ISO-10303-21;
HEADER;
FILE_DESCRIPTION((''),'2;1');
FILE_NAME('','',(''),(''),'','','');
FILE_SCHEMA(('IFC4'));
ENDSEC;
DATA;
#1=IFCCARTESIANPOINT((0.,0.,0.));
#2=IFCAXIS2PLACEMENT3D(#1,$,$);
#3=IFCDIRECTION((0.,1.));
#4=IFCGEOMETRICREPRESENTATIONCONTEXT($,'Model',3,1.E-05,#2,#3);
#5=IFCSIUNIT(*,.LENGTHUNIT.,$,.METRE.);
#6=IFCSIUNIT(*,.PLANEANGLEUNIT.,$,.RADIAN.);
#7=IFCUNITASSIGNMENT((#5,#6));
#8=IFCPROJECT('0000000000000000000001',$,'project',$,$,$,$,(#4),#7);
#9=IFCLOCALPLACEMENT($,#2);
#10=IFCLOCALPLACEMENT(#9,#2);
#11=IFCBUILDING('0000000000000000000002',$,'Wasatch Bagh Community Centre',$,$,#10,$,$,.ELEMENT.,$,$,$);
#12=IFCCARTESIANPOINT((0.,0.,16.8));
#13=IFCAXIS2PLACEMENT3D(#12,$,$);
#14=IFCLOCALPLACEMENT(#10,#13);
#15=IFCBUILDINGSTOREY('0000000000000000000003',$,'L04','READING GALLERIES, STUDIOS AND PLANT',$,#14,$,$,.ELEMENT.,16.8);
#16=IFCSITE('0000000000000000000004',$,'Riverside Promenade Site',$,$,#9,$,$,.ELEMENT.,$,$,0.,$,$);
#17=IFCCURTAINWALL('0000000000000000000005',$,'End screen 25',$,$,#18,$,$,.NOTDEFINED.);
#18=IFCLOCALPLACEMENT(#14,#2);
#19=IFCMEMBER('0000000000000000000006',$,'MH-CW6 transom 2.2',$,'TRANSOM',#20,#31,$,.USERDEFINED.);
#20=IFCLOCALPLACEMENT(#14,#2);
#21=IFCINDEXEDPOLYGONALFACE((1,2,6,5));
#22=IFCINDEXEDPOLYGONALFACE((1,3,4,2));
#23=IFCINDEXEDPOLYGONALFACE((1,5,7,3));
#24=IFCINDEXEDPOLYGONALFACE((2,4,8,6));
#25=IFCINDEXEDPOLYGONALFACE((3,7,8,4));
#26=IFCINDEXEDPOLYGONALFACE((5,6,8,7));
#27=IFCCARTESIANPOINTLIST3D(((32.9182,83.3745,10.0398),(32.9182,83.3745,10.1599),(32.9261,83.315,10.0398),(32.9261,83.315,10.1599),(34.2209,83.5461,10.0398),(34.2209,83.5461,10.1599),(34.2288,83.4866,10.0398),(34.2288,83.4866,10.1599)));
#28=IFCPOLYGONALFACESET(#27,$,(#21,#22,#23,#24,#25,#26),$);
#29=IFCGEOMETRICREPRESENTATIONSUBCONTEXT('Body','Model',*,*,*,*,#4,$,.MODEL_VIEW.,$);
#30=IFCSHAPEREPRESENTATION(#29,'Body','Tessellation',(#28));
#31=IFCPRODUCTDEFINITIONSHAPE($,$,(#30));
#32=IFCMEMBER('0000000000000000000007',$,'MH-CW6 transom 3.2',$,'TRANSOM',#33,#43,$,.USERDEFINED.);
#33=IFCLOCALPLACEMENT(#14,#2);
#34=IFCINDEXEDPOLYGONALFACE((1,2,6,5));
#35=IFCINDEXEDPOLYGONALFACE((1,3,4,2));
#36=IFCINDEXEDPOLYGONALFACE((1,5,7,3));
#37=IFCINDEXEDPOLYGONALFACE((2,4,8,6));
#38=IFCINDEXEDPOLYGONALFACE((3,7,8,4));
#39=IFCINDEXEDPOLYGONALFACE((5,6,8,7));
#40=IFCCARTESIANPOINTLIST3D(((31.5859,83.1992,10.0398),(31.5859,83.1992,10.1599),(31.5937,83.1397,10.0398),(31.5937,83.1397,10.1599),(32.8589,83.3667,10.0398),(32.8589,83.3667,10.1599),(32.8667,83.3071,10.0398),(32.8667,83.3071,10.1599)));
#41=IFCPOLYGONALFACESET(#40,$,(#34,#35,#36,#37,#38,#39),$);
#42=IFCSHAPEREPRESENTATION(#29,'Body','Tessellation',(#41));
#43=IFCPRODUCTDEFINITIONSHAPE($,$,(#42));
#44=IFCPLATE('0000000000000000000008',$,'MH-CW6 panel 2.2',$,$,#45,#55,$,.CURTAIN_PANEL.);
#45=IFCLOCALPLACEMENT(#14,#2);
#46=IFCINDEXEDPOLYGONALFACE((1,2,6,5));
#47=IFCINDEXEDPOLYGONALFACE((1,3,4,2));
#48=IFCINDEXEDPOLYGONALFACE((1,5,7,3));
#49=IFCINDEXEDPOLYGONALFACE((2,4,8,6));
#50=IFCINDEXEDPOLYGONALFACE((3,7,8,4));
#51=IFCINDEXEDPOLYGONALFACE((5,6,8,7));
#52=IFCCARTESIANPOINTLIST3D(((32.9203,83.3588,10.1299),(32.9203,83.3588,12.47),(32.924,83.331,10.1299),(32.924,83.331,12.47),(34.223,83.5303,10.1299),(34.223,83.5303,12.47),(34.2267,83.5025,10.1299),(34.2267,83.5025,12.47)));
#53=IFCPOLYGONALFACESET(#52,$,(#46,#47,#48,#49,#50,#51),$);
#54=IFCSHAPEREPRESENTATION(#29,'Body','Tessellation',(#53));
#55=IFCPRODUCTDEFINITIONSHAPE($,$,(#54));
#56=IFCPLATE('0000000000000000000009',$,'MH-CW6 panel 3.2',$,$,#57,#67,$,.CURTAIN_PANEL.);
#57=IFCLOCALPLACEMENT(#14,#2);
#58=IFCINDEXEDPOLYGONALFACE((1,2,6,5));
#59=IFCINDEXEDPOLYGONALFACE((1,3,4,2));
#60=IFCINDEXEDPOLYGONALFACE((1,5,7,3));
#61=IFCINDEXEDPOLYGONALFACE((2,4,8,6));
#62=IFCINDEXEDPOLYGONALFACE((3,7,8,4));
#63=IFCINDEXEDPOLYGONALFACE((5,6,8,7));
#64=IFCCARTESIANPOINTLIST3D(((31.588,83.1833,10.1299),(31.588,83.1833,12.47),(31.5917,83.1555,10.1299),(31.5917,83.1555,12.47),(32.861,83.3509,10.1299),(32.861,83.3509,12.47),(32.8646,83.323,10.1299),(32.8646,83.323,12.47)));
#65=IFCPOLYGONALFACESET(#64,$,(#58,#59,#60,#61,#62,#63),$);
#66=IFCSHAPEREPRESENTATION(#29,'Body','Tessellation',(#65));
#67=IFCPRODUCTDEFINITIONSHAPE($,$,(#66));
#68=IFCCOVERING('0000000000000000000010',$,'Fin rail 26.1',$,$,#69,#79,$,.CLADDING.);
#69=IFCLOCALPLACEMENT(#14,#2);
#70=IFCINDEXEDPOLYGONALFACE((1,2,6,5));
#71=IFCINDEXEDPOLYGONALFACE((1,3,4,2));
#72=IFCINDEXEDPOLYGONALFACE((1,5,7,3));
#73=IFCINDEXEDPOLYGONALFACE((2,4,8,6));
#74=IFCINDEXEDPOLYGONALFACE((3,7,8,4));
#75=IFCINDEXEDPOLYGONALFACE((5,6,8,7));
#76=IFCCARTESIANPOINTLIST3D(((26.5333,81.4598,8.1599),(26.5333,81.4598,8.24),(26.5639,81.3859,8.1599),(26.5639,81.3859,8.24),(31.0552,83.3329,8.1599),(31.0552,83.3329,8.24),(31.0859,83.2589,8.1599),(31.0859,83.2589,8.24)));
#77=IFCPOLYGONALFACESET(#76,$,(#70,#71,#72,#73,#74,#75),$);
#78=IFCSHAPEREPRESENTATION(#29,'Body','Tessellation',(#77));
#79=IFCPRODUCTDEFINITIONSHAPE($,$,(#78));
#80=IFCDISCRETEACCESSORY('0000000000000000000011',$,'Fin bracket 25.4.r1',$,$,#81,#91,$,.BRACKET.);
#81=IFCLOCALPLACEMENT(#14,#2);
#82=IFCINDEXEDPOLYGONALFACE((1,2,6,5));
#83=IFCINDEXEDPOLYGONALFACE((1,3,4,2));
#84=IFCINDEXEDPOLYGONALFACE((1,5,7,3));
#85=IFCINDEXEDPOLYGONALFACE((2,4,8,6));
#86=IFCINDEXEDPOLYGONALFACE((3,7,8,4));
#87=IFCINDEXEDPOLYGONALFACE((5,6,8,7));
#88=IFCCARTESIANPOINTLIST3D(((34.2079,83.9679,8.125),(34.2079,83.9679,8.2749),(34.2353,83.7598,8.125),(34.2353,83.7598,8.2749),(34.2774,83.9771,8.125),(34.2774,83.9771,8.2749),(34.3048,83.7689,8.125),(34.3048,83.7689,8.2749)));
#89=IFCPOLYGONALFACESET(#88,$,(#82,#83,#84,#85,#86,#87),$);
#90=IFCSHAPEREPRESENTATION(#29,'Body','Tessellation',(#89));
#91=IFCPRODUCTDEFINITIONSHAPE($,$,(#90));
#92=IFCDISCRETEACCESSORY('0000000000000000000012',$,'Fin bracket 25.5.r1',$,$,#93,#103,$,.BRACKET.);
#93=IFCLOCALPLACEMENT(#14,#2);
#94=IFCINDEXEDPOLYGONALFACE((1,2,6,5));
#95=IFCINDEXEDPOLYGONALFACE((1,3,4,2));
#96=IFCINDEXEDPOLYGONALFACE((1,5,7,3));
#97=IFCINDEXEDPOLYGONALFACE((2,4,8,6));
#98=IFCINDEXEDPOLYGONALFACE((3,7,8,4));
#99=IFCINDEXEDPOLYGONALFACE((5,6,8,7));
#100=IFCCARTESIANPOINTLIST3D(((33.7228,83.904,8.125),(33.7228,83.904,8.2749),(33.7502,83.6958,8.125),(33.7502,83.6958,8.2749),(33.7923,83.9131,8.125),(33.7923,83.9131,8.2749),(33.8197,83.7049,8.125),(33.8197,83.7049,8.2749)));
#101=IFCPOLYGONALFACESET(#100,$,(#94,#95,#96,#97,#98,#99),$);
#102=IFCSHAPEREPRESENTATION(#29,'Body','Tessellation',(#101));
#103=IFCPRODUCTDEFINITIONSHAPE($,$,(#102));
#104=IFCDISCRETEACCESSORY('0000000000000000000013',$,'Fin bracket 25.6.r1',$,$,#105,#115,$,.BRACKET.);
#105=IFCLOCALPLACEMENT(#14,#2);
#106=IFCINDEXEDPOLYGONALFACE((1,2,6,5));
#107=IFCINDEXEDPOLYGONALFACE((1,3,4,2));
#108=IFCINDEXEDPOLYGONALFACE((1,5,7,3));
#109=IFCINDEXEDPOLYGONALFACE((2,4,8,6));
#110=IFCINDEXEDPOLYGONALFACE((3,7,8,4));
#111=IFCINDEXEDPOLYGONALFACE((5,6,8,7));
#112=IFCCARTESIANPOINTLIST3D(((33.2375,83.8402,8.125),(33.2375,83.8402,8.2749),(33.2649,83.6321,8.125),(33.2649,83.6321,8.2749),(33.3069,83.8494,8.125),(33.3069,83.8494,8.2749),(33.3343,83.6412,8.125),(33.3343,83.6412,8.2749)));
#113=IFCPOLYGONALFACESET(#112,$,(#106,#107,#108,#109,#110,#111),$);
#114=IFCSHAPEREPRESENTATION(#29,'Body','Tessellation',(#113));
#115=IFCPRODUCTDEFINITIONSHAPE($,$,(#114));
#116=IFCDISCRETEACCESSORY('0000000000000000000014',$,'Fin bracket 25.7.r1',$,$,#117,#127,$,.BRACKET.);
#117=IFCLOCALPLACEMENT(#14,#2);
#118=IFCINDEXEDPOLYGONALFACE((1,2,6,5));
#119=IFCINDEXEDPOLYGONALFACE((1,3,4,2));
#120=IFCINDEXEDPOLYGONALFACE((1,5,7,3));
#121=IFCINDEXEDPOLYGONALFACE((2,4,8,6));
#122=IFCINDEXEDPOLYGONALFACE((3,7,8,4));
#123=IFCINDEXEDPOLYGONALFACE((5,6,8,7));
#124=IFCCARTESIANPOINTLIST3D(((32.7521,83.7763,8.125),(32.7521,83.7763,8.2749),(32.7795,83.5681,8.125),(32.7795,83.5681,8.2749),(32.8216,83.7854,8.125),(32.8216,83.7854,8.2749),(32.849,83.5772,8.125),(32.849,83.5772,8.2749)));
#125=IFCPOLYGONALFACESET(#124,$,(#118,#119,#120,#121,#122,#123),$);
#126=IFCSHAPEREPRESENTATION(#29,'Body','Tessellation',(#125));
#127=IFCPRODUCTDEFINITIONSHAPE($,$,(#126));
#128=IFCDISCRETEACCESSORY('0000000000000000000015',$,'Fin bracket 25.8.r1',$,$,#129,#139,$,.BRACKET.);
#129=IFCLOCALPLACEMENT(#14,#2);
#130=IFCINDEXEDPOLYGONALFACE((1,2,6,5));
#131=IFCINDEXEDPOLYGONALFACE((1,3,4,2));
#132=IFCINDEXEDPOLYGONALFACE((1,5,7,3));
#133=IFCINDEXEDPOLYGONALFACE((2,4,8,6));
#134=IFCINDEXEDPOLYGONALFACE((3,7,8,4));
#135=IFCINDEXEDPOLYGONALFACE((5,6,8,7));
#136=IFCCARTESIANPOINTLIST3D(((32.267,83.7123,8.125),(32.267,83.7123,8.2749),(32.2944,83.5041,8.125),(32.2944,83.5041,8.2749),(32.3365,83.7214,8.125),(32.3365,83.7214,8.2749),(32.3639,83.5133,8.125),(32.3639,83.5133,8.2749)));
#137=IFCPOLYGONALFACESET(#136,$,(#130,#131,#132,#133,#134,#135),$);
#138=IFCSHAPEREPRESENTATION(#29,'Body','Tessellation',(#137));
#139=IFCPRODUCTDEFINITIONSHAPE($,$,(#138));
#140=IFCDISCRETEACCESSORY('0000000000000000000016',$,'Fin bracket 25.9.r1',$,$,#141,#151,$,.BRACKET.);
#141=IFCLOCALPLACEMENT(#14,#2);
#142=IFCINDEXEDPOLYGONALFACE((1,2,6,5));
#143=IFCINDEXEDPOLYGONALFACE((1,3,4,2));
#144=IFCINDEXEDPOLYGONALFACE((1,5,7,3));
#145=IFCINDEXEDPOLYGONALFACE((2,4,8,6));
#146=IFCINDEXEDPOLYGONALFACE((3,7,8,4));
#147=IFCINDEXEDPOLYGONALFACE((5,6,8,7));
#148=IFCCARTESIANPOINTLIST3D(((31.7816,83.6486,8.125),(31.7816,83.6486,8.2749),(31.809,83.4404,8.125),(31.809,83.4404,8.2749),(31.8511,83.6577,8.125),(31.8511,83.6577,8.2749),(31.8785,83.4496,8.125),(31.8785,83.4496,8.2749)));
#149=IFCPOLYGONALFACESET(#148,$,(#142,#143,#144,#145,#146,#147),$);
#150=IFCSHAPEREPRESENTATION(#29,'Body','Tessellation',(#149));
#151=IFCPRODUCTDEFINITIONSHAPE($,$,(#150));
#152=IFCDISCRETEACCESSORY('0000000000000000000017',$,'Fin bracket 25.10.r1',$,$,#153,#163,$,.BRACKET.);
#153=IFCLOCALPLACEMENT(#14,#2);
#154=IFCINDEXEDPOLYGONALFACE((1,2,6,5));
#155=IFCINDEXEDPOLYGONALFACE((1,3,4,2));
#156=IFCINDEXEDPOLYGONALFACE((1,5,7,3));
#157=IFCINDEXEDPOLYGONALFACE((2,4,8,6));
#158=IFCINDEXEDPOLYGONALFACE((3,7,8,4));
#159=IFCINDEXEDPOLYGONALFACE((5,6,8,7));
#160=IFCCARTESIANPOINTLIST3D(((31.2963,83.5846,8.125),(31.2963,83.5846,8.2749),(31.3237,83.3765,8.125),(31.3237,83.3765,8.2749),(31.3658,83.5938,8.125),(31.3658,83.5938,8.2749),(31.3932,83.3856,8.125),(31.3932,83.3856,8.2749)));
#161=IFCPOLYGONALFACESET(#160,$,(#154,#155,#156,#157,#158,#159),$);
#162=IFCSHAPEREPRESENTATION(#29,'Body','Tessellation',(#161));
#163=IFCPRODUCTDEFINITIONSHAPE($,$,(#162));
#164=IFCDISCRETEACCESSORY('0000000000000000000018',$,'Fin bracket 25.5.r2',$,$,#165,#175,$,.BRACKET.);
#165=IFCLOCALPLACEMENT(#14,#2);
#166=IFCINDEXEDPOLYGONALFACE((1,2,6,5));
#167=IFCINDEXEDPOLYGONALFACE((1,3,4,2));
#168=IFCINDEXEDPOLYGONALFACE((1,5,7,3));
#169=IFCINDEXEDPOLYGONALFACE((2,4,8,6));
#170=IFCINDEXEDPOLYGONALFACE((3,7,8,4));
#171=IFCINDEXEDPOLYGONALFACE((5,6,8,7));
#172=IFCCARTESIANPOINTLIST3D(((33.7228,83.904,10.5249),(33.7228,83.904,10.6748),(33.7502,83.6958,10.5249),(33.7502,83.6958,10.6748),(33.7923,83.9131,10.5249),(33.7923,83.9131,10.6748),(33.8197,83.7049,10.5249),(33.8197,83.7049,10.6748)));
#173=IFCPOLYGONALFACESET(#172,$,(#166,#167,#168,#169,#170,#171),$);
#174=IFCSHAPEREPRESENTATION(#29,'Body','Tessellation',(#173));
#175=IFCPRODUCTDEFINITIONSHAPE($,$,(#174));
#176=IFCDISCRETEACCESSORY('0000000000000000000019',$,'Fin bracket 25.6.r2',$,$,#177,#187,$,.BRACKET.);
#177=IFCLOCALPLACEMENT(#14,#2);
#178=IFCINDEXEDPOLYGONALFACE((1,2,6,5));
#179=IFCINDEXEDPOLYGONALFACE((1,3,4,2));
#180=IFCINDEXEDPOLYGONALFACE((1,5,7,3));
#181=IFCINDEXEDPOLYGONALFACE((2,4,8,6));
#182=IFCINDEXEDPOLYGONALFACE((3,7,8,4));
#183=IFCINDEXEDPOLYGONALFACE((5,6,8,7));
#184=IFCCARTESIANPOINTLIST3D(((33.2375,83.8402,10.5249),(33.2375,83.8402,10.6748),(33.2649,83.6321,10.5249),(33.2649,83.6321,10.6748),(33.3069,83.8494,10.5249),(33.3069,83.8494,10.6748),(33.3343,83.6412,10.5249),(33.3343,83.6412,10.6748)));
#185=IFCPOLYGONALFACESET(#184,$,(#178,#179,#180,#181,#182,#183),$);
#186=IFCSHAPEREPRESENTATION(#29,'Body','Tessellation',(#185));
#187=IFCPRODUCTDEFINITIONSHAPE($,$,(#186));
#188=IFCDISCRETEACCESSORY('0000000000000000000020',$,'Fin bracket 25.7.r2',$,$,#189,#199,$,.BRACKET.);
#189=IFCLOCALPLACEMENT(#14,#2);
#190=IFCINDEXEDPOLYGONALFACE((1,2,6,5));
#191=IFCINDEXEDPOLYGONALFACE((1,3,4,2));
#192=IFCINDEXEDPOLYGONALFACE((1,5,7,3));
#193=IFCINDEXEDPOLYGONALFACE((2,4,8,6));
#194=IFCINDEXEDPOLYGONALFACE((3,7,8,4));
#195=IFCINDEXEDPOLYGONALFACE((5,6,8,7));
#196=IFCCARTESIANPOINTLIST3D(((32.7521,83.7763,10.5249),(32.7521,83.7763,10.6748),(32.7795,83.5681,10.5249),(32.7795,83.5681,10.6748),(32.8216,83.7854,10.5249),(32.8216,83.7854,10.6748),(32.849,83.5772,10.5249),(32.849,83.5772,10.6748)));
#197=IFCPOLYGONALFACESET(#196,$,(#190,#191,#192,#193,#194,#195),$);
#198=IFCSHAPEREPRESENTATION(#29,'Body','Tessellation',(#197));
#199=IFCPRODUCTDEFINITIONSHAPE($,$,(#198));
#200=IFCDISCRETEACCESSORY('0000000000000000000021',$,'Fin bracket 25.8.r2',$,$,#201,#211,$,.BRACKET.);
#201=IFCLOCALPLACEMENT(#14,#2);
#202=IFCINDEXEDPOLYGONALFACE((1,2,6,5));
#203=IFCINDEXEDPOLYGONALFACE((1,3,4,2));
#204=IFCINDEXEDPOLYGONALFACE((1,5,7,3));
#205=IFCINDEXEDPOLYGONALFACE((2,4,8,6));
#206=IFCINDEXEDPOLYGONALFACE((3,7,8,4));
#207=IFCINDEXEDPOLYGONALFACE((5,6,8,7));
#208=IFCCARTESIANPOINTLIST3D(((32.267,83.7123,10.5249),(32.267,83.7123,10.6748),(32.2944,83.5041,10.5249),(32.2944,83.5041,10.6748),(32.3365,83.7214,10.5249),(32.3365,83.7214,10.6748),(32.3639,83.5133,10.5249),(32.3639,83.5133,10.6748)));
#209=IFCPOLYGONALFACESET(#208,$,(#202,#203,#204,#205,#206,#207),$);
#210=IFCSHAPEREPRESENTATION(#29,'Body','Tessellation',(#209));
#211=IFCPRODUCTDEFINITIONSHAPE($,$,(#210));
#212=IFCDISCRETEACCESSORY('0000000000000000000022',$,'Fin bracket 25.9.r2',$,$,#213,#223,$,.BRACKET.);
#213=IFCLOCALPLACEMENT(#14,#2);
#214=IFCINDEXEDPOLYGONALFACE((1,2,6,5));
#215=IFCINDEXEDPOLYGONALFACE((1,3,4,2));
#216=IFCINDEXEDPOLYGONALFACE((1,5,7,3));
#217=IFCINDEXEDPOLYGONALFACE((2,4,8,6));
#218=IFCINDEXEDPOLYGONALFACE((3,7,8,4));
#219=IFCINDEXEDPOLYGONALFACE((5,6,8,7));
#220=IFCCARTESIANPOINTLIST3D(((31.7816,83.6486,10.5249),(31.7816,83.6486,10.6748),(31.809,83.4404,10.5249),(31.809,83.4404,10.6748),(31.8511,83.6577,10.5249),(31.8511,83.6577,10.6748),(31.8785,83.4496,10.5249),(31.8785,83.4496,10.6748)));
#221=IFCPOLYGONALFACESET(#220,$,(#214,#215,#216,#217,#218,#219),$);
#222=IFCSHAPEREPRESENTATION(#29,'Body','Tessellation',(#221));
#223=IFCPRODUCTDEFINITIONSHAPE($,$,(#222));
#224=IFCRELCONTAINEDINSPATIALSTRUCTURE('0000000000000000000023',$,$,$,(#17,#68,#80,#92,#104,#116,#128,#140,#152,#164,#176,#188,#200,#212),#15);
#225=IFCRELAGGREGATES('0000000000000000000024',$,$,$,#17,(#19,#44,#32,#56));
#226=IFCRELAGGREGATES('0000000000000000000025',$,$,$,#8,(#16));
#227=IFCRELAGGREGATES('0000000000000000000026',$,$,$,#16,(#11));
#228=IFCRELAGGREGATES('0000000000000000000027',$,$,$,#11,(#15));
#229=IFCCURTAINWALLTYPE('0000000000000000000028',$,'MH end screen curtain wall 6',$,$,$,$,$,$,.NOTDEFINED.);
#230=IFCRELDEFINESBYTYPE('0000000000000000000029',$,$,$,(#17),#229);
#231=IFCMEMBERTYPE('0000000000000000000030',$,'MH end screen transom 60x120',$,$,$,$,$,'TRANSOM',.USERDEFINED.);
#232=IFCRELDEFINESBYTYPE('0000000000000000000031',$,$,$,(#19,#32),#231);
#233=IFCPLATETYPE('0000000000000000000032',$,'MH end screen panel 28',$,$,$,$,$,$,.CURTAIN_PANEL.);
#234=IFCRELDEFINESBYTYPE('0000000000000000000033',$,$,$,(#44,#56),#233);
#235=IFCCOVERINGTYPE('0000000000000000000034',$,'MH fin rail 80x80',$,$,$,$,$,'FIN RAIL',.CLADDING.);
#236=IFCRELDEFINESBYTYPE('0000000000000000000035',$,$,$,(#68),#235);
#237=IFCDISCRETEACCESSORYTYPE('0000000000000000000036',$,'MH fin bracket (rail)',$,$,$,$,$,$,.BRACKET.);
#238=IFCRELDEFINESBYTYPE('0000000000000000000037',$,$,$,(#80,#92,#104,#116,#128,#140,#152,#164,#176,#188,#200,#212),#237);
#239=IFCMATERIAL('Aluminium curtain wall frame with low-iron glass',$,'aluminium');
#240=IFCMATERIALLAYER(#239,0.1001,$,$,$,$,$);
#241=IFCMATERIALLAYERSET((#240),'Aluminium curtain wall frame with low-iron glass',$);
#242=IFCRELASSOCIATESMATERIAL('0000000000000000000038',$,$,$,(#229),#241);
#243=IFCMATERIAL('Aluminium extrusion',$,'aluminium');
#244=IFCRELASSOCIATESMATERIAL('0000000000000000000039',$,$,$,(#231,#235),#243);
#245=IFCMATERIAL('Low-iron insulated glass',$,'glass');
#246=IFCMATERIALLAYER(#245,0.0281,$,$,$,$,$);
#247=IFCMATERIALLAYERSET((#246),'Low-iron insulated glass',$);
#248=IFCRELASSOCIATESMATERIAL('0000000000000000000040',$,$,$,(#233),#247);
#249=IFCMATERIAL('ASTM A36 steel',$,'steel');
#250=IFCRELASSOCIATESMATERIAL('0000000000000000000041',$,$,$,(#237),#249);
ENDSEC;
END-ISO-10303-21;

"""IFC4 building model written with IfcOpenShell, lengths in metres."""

from ifc_helpers import new_model, si_unit, direction, frame, origin, origin_2d, place, context, subcontext, project, spatial, rectangle, extrude, material, layer, layer_set, material_profile, profile_set, type_object, element, aggregate, save


model = new_model("IFC4")

# Units and contexts
model_context = context("Model", 3, precision=1e-05, world=origin(), true_north=direction((0.0, 1.0)))
body_context = subcontext(model_context, "Body", "Model", "MODEL_VIEW")
ifc_project = project(units=[si_unit("LENGTHUNIT", "METRE"), si_unit("PLANEANGLEUNIT", "RADIAN")], contexts=[model_context])

# Site, building, storey
site_placement = place(None, origin())
site = spatial("IfcSite", under=ifc_project, at=site_placement, Name="Riverside Promenade Site", CompositionType="ELEMENT", RefElevation=0.0)
building_placement = place(site_placement, origin())
building = spatial("IfcBuilding", under=site, at=building_placement, Name="Wasatch Bagh Community Centre", CompositionType="ELEMENT")
storey_placement = place(building_placement, frame((0.0, 0.0, 16.8)))
storey = spatial("IfcBuildingStorey", under=building, at=storey_placement, Name="L04", Description="READING GALLERIES, STUDIOS AND PLANT", CompositionType="ELEMENT", Elevation=16.8)

# Curtain wall, members, plates
ifc_material_1 = material(Name="Aluminium curtain wall frame with low-iron glass", Category="aluminium")
ifc_layer_1 = layer(ifc_material_1, 0.1001)
ifc_layer_set_1 = layer_set([ifc_layer_1], Name="Aluminium curtain wall frame with low-iron glass")
curtain_wall_type = type_object("IfcCurtainWallType", Name="MH end screen curtain wall 6", PredefinedType="NOTDEFINED", material=ifc_layer_set_1)
curtain_wall_placement = place(storey_placement, origin())
curtain_wall = element("IfcCurtainWall", 1, at=curtain_wall_placement, inside=storey, type_object=curtain_wall_type, Name="End screen 25", PredefinedType="NOTDEFINED")
ifc_material_2 = material(Name="Aluminium extrusion", Category="aluminium")
ifc_material_profile_1 = material_profile(ifc_material_2, rectangle(XDim=0.0601, YDim=0.1201, at=origin_2d()), Name="AL 60x120")
ifc_profile_set_1 = profile_set([ifc_material_profile_1], Name="Aluminium extrusion")
member_type = type_object("IfcMemberType", Name="MH end screen transom 60x120", ElementType="TRANSOM", PredefinedType="USERDEFINED", material=ifc_profile_set_1)
member_1_placement = place(storey_placement, frame((34.2249, 83.5164, 10.0999), z_axis=(-0.991433, -0.130618, 0.0), x_axis=(0.130618, -0.991433, 0.0)))
member_1 = element("IfcMember", 2, at=member_1_placement, type_object=member_type, Name="MH-CW6 transom 2.2", ObjectType="TRANSOM", PredefinedType="USERDEFINED", context=body_context, shape_type="SweptSolid", body=[
    extrude(rectangle(XDim=0.0601, YDim=0.1201, at=origin_2d()), origin(), (0.0, 0.0, 1.0), 1.314),
])
member_2_placement = place(storey_placement, frame((32.8628, 83.3369, 10.0999), z_axis=(-0.991456, -0.130445, 0.0), x_axis=(0.130445, -0.991456, 0.0)))
member_2 = element("IfcMember", 3, at=member_2_placement, type_object=member_type, Name="MH-CW6 transom 3.2", ObjectType="TRANSOM", PredefinedType="USERDEFINED", context=body_context, shape_type="SweptSolid", body=[
    extrude(rectangle(XDim=0.0601, YDim=0.1201, at=origin_2d()), origin(), (0.0, 0.0, 1.0), 1.2839),
])
ifc_material_3 = material(Name="Low-iron insulated glass", Category="glass")
ifc_layer_2 = layer(ifc_material_3, 0.0281)
ifc_layer_set_2 = layer_set([ifc_layer_2], Name="Low-iron insulated glass")
plate_type = type_object("IfcPlateType", Name="MH end screen panel 28", PredefinedType="CURTAIN_PANEL", material=ifc_layer_set_2)
plate_1_placement = place(storey_placement, frame((33.5735, 83.4307, 10.1299), z_axis=(0.0, 0.0, 1.0), x_axis=(-0.991445, -0.130526, 0.0)))
plate_1 = element("IfcPlate", 4, at=plate_1_placement, type_object=plate_type, Name="MH-CW6 panel 2.2", PredefinedType="CURTAIN_PANEL", context=body_context, shape_type="SweptSolid", body=[
    extrude(rectangle(XDim=1.314, YDim=0.0281, at=origin_2d()), origin(), (0.0, 0.0, 1.0), 2.3401),
])
plate_2_placement = place(storey_placement, frame((32.2263, 83.2532, 10.1299), z_axis=(0.0, 0.0, 1.0), x_axis=(-0.991445, -0.130526, 0.0)))
plate_2 = element("IfcPlate", 5, at=plate_2_placement, type_object=plate_type, Name="MH-CW6 panel 3.2", PredefinedType="CURTAIN_PANEL", context=body_context, shape_type="SweptSolid", body=[
    extrude(rectangle(XDim=1.2839, YDim=0.0281, at=origin_2d()), origin(), (0.0, 0.0, 1.0), 2.3401),
])
aggregate(curtain_wall, [member_1, plate_1, member_2, plate_2])

# Covering
ifc_material_profile_2 = material_profile(ifc_material_2, rectangle(XDim=0.0801, YDim=0.0801, at=origin_2d()), Name="AL 80x80")
ifc_profile_set_2 = profile_set([ifc_material_profile_2], Name="Aluminium extrusion")
covering_type = type_object("IfcCoveringType", Name="MH fin rail 80x80", ElementType="FIN RAIL", PredefinedType="CLADDING", material=ifc_profile_set_2)
covering_placement = place(storey_placement, frame((31.0706, 83.2959, 8.2), z_axis=(-0.923881, -0.382681, 0.0), x_axis=(0.382681, -0.923881, 0.0)))
element("IfcCovering", 6, at=covering_placement, inside=storey, type_object=covering_type, Name="Fin rail 26.1", PredefinedType="CLADDING", context=body_context, shape_type="SweptSolid", body=[
    extrude(rectangle(XDim=0.0801, YDim=0.0801, at=origin_2d()), origin(), (0.0, 0.0, 1.0), 4.8945),
])

# Discrete accessories
ifc_material_4 = material(Name="ASTM A36 steel", Category="steel")
discrete_accessory_type_1 = type_object("IfcDiscreteAccessoryType", Name="MH fin bracket (rail)", PredefinedType="BRACKET", material=ifc_material_4)
for number, where, z_axis, x_axis, name in (
    (7, (34.2563, 83.8684, 8.125), (0.0, 0.0, 1.0), (-0.991445, -0.130526, 0.0), "Fin bracket 25.4.r1"),
    (8, (33.7712, 83.8044, 8.125), (0.0, 0.0, 1.0), (-0.991445, -0.130526, 0.0), "Fin bracket 25.5.r1"),
    (9, (33.2859, 83.7407, 8.125), (0.0, 0.0, 1.0), (-0.991445, -0.130526, 0.0), "Fin bracket 25.6.r1"),
    (10, (32.8005, 83.6768, 8.125), (0.0, 0.0, 1.0), (-0.991445, -0.130526, 0.0), "Fin bracket 25.7.r1"),
    (11, (32.3154, 83.6128, 8.125), (0.0, 0.0, 1.0), (-0.991445, -0.130526, 0.0), "Fin bracket 25.8.r1"),
    (12, (31.8301, 83.5491, 8.125), (0.0, 0.0, 1.0), (-0.991445, -0.130526, 0.0), "Fin bracket 25.9.r1"),
    (13, (31.3447, 83.4851, 8.125), (0.0, 0.0, 1.0), (-0.991445, -0.130526, 0.0), "Fin bracket 25.10.r1"),
    (14, (33.7712, 83.8044, 10.5249), (0.0, 0.0, 1.0), (-0.991445, -0.130526, 0.0), "Fin bracket 25.5.r2"),
    (15, (33.2859, 83.7407, 10.5249), (0.0, 0.0, 1.0), (-0.991445, -0.130526, 0.0), "Fin bracket 25.6.r2"),
    (16, (32.8005, 83.6768, 10.5249), (0.0, 0.0, 1.0), (-0.991445, -0.130526, 0.0), "Fin bracket 25.7.r2"),
    (17, (32.3154, 83.6128, 10.5249), (0.0, 0.0, 1.0), (-0.991445, -0.130526, 0.0), "Fin bracket 25.8.r2"),
    (18, (31.8301, 83.5491, 10.5249), (0.0, 0.0, 1.0), (-0.991445, -0.130526, 0.0), "Fin bracket 25.9.r2"),
):
    element("IfcDiscreteAccessory", number, at=place(storey_placement, frame(where, z_axis=z_axis, x_axis=x_axis)), inside=storey, type_object=discrete_accessory_type_1, Name=name, PredefinedType="BRACKET", context=body_context, shape_type="SweptSolid", body=[
        extrude(rectangle(XDim=0.0701, YDim=0.21, at=origin_2d()), origin(), (0.0, 0.0, 1.0), 0.1499),
    ])

save(model, "model.ifc")
